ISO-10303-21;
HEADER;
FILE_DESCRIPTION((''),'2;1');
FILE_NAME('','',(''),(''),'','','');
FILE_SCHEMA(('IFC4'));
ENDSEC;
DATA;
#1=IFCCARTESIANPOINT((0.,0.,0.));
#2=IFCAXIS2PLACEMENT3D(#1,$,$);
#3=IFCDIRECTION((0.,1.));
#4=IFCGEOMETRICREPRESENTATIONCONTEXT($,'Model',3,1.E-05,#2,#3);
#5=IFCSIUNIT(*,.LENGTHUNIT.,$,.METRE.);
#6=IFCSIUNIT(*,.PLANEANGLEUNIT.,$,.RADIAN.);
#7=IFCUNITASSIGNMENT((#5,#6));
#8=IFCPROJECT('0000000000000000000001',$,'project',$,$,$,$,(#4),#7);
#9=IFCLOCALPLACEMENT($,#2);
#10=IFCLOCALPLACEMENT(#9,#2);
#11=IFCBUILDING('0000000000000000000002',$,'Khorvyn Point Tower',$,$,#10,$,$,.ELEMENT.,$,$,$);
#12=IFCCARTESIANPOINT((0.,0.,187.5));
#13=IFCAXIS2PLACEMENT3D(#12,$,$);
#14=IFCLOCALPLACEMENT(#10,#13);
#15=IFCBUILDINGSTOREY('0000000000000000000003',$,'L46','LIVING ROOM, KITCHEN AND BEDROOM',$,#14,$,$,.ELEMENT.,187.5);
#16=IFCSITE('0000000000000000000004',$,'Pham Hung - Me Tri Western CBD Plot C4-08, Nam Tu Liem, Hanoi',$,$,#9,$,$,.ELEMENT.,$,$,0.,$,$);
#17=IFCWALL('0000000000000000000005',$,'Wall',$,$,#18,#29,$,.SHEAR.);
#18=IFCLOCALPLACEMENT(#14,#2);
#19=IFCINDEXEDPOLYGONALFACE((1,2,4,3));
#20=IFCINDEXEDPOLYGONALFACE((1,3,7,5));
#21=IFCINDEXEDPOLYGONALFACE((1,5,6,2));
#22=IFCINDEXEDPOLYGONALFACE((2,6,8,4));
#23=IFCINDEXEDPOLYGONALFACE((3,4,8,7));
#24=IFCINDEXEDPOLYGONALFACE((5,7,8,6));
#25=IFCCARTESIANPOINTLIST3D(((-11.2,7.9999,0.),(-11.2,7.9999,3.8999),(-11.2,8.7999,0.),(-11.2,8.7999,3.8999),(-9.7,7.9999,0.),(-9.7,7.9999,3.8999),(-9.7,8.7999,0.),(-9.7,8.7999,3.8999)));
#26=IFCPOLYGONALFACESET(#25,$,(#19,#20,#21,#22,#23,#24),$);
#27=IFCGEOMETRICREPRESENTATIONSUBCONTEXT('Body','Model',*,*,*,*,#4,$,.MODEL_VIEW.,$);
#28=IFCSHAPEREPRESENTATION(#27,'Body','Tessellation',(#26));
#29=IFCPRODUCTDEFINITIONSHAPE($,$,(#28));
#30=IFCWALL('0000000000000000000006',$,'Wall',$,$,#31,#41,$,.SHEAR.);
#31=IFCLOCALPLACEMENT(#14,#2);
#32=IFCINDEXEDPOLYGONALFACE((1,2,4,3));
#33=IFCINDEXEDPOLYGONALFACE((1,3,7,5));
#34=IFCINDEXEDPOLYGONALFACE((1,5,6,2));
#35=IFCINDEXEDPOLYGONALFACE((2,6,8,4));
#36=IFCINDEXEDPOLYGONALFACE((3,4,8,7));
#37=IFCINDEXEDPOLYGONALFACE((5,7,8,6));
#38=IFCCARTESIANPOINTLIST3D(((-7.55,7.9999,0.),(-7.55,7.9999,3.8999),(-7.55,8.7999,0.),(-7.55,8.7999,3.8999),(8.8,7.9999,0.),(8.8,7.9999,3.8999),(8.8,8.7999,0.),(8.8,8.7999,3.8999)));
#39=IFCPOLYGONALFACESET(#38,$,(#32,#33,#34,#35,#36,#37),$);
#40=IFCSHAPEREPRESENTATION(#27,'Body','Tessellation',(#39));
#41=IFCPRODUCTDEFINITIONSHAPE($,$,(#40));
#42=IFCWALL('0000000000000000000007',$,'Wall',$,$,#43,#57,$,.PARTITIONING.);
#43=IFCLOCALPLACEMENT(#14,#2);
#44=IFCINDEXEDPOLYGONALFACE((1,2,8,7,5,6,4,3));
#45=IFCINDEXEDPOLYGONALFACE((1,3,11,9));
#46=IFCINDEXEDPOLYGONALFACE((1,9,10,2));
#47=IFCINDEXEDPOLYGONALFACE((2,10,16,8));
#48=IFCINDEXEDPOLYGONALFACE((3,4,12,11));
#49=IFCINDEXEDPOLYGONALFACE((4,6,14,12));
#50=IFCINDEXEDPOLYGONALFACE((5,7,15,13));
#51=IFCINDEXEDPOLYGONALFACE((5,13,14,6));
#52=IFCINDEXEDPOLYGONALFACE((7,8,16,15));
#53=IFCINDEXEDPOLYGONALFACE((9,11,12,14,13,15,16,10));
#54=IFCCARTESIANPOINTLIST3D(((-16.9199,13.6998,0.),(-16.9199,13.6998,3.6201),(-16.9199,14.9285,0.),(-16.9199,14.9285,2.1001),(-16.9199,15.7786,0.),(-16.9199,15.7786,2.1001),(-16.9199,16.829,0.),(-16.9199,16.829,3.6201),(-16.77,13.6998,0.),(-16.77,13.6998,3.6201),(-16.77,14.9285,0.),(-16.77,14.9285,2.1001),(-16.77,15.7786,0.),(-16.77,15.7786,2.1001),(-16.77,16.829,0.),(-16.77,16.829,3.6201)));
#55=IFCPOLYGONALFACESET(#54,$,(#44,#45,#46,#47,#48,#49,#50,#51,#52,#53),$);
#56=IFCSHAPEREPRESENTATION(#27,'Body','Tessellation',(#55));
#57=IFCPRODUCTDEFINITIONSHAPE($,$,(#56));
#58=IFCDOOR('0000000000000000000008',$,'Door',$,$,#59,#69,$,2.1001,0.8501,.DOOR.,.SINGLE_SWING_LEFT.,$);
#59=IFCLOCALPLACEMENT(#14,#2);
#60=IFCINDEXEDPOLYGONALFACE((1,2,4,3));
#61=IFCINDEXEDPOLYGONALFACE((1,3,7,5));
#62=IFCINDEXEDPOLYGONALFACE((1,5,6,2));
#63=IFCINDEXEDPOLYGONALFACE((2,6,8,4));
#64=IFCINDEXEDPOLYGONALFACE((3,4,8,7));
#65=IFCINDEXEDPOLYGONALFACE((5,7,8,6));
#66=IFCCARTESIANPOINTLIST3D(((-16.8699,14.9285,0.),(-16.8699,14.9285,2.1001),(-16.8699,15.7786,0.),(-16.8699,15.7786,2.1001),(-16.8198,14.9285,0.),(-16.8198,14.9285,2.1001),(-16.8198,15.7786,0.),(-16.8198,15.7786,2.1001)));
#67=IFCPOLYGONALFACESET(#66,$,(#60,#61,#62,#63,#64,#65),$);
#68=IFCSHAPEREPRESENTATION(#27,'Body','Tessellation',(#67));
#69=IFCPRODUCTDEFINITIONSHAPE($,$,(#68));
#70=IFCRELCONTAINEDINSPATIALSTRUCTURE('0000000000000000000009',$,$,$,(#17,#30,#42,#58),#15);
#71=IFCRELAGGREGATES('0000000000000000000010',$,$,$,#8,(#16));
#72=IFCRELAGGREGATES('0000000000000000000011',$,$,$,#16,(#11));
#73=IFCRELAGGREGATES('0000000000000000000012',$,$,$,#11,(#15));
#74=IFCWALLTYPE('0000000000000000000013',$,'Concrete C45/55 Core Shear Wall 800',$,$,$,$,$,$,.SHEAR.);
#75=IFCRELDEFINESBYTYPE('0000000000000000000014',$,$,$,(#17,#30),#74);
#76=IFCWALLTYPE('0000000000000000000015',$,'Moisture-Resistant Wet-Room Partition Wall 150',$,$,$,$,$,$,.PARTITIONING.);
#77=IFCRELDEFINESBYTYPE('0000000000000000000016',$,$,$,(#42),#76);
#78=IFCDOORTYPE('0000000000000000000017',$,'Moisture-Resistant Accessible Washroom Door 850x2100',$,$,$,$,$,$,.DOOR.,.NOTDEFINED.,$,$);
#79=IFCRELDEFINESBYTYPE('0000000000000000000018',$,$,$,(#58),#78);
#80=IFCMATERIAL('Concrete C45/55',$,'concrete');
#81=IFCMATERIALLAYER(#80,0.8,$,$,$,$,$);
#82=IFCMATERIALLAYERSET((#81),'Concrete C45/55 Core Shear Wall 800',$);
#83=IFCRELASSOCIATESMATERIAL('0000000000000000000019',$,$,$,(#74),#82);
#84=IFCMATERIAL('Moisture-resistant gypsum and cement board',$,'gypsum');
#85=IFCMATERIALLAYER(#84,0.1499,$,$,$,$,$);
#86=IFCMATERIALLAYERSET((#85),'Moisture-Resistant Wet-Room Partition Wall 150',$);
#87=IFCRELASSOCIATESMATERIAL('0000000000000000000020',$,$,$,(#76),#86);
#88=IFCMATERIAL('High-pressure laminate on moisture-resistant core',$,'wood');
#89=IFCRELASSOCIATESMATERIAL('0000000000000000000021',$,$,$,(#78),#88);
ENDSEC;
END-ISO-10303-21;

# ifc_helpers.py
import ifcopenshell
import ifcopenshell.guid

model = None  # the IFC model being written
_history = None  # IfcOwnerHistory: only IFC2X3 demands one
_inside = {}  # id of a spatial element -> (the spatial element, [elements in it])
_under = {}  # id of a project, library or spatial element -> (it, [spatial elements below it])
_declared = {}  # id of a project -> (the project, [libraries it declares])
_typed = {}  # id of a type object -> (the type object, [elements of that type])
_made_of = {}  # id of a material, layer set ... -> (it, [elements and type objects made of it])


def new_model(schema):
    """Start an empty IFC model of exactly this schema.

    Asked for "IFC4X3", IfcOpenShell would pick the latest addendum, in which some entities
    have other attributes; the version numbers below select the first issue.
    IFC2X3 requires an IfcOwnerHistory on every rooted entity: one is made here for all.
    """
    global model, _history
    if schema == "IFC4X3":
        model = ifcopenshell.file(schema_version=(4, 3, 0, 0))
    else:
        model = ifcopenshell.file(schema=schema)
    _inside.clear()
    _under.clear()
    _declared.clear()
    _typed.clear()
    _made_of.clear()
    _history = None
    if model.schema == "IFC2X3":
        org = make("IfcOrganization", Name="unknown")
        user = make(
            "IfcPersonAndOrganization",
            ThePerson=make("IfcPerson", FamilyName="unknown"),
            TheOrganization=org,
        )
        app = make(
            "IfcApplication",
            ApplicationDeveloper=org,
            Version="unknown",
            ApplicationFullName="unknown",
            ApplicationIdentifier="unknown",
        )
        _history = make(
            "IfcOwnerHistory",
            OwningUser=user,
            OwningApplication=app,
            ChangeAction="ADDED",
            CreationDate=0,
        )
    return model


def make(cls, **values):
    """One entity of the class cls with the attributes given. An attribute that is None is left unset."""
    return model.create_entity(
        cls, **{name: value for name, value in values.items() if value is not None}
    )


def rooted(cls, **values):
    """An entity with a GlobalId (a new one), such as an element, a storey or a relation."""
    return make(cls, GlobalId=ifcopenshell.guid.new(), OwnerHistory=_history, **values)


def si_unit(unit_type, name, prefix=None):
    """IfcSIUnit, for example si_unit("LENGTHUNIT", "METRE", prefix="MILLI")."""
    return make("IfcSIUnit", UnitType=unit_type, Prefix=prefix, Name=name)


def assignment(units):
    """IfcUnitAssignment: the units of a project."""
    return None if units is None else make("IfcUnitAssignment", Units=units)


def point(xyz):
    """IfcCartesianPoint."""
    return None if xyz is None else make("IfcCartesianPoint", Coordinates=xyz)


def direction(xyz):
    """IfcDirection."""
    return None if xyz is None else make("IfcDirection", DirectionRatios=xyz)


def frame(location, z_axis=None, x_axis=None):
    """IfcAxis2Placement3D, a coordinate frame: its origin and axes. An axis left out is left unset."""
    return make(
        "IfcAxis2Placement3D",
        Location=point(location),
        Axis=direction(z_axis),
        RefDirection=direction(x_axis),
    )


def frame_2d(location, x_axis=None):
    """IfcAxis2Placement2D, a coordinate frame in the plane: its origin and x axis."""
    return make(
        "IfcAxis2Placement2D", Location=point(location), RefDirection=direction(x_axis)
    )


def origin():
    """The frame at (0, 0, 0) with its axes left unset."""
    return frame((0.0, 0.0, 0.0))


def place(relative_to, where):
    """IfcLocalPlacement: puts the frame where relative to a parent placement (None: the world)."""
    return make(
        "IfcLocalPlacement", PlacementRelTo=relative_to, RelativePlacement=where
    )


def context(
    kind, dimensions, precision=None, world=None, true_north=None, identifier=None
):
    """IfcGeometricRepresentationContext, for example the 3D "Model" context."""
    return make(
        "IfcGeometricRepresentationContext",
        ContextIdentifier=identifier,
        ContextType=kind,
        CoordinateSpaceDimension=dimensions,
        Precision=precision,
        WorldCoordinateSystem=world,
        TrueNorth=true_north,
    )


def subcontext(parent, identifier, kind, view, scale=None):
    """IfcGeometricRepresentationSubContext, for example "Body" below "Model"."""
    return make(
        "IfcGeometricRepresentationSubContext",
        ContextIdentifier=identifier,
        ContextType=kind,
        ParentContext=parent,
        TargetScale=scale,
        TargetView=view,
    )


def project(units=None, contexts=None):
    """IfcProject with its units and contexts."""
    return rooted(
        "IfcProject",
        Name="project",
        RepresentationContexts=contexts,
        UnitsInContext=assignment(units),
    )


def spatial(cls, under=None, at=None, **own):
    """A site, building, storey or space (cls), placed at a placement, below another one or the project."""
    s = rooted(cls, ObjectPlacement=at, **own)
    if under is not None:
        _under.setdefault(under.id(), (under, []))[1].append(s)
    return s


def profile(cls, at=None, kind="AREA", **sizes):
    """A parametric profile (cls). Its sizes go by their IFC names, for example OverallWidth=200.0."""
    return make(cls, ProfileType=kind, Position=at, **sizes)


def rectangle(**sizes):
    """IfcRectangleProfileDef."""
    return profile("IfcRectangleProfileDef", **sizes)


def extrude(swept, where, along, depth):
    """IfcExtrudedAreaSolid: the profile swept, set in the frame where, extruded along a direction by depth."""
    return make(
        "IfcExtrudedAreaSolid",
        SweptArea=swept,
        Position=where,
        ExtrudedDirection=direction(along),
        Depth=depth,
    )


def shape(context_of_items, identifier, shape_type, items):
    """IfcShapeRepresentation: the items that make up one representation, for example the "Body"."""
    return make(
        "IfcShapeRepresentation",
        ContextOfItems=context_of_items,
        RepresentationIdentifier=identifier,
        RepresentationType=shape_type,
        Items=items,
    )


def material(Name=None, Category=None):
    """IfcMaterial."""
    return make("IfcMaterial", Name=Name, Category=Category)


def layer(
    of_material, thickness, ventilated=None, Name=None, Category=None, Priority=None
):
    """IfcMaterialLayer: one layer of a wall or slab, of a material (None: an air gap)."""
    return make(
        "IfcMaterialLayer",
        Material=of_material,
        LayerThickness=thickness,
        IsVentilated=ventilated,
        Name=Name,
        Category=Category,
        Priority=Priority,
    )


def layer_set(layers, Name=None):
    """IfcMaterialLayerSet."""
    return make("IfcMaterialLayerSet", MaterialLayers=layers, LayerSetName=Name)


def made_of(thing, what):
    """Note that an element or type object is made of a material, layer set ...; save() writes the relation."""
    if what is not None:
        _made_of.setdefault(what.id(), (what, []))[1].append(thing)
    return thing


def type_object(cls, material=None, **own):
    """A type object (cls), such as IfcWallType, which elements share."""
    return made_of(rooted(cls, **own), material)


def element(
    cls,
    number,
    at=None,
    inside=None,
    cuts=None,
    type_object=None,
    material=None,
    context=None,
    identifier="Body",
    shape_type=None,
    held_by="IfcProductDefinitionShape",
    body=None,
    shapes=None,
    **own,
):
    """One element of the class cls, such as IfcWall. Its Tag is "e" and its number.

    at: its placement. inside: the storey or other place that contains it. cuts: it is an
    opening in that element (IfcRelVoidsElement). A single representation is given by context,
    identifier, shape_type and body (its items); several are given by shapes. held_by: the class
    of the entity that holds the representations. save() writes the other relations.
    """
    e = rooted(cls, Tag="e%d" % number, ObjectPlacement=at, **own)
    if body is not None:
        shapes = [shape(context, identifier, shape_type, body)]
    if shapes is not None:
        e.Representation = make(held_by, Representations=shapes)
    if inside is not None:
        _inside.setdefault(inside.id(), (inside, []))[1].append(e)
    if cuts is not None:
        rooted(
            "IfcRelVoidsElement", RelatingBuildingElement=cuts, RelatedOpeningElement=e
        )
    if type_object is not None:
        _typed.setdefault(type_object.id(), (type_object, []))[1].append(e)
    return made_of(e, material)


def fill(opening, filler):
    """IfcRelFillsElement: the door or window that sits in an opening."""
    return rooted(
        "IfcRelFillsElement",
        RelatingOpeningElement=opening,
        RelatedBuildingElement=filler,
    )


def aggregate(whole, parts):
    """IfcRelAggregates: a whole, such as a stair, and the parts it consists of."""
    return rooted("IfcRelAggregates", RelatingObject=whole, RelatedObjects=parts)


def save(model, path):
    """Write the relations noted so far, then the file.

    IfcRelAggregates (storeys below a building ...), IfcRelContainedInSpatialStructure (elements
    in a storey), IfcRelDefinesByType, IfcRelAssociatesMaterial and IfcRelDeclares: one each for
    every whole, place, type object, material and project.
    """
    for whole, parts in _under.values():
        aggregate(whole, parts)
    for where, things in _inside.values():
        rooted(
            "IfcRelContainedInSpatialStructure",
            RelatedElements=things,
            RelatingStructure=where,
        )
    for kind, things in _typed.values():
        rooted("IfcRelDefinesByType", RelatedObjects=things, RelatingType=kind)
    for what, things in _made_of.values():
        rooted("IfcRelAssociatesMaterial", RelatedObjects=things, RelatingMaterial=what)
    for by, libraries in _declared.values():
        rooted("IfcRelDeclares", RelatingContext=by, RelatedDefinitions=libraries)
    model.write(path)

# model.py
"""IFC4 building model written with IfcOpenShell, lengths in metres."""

from ifc_helpers import new_model, si_unit, direction, frame, frame_2d, origin, place, context, subcontext, project, spatial, rectangle, extrude, material, layer, layer_set, type_object, element, fill, save


model = new_model("IFC4")

# Units and contexts
model_context = context("Model", 3, precision=1e-05, world=origin(), true_north=direction((0.0, 1.0)))
body_context = subcontext(model_context, "Body", "Model", "MODEL_VIEW")
ifc_project = project(units=[si_unit("LENGTHUNIT", "METRE"), si_unit("PLANEANGLEUNIT", "RADIAN")], contexts=[model_context])

# Site, building, storey
site_placement = place(None, origin())
site = spatial("IfcSite", under=ifc_project, at=site_placement, Name="Pham Hung - Me Tri Western CBD Plot C4-08, Nam Tu Liem, Hanoi", CompositionType="ELEMENT", RefElevation=0.0)
building_placement = place(site_placement, origin())
building = spatial("IfcBuilding", under=site, at=building_placement, Name="Khorvyn Point Tower", CompositionType="ELEMENT")
storey_placement = place(building_placement, frame((0.0, 0.0, 187.5)))
storey = spatial("IfcBuildingStorey", under=building, at=storey_placement, Name="L46", Description="LIVING ROOM, KITCHEN AND BEDROOM", CompositionType="ELEMENT", Elevation=187.5)

# Shared definitions
ifc_material_1 = material(Name="Concrete C45/55", Category="concrete")

# Walls
ifc_layer_1 = layer(ifc_material_1, 0.8)
ifc_layer_set_1 = layer_set([ifc_layer_1], Name="Concrete C45/55 Core Shear Wall 800")
wall_type_1 = type_object("IfcWallType", Name="Concrete C45/55 Core Shear Wall 800", PredefinedType="SHEAR", material=ifc_layer_set_1)
wall_1_placement = place(storey_placement, frame((-11.2, 8.3999, 0.0), z_axis=(0.0, 0.0, 1.0), x_axis=(1.0, 0.0, 0.0)))
element("IfcWall", 1, at=wall_1_placement, inside=storey, type_object=wall_type_1, Name="Wall", PredefinedType="SHEAR", context=body_context, shape_type="SweptSolid", body=[
    extrude(rectangle(XDim=1.5, YDim=0.8, at=frame_2d((0.75, 0.0))), origin(), (0.0, 0.0, 1.0), 3.8999),
])
wall_2_placement = place(storey_placement, frame((-7.55, 8.3999, 0.0), z_axis=(0.0, 0.0, 1.0), x_axis=(1.0, 0.0, 0.0)))
element("IfcWall", 2, at=wall_2_placement, inside=storey, type_object=wall_type_1, Name="Wall", PredefinedType="SHEAR", context=body_context, shape_type="SweptSolid", body=[
    extrude(rectangle(XDim=16.3501, YDim=0.8, at=frame_2d((8.175, 0.0))), origin(), (0.0, 0.0, 1.0), 3.8999),
])

# Wall, opening, door
ifc_material_2 = material(Name="Moisture-resistant gypsum and cement board", Category="gypsum")
ifc_layer_2 = layer(ifc_material_2, 0.1499)
ifc_layer_set_2 = layer_set([ifc_layer_2], Name="Moisture-Resistant Wet-Room Partition Wall 150")
wall_type_2 = type_object("IfcWallType", Name="Moisture-Resistant Wet-Room Partition Wall 150", PredefinedType="PARTITIONING", material=ifc_layer_set_2)
wall_3_placement = place(storey_placement, frame((-16.845, 13.7, 0.0), z_axis=(0.0, 0.0, 1.0), x_axis=(0.0, 1.0, 0.0)))
wall_3 = element("IfcWall", 3, at=wall_3_placement, inside=storey, type_object=wall_type_2, Name="Wall", PredefinedType="PARTITIONING", context=body_context, shape_type="SweptSolid", body=[
    extrude(rectangle(XDim=3.1292, YDim=0.1499, at=frame_2d((1.5645, 0.0))), origin(), (0.0, 0.0, 1.0), 3.6201),
])
opening_1_placement = place(wall_3_placement, frame((1.2285, 0.0, 0.0)))
opening_1 = element("IfcOpeningElement", 4, at=opening_1_placement, cuts=wall_3, PredefinedType="OPENING", context=body_context, shape_type="SweptSolid", body=[
    extrude(rectangle(XDim=0.8501, YDim=2.1001, at=frame_2d((0.425, 1.05))), frame((0.0, 0.085, 0.0), z_axis=(0.0, -1.0, 0.0), x_axis=(1.0, 0.0, 0.0)), (0.0, 0.0, 1.0), 0.1699),
])
ifc_material_3 = material(Name="High-pressure laminate on moisture-resistant core", Category="wood")
door_type_1 = type_object("IfcDoorType", Name="Moisture-Resistant Accessible Washroom Door 850x2100", OperationType="NOTDEFINED", PredefinedType="DOOR", material=ifc_material_3)
door_1_placement = place(opening_1_placement, origin())
door_1 = element("IfcDoor", 5, at=door_1_placement, inside=storey, type_object=door_type_1, Name="Door", OperationType="SINGLE_SWING_LEFT", OverallHeight=2.1001, OverallWidth=0.8501, PredefinedType="DOOR", context=body_context, shape_type="SweptSolid", body=[
    extrude(rectangle(XDim=0.8501, YDim=2.1001, at=frame_2d((0.425, 1.05))), frame((0.0, 0.0249, 0.0), z_axis=(0.0, -1.0, 0.0), x_axis=(1.0, 0.0, 0.0)), (0.0, 0.0, 1.0), 0.05),
])
fill(opening_1, door_1)

save(model, "model.ifc")
